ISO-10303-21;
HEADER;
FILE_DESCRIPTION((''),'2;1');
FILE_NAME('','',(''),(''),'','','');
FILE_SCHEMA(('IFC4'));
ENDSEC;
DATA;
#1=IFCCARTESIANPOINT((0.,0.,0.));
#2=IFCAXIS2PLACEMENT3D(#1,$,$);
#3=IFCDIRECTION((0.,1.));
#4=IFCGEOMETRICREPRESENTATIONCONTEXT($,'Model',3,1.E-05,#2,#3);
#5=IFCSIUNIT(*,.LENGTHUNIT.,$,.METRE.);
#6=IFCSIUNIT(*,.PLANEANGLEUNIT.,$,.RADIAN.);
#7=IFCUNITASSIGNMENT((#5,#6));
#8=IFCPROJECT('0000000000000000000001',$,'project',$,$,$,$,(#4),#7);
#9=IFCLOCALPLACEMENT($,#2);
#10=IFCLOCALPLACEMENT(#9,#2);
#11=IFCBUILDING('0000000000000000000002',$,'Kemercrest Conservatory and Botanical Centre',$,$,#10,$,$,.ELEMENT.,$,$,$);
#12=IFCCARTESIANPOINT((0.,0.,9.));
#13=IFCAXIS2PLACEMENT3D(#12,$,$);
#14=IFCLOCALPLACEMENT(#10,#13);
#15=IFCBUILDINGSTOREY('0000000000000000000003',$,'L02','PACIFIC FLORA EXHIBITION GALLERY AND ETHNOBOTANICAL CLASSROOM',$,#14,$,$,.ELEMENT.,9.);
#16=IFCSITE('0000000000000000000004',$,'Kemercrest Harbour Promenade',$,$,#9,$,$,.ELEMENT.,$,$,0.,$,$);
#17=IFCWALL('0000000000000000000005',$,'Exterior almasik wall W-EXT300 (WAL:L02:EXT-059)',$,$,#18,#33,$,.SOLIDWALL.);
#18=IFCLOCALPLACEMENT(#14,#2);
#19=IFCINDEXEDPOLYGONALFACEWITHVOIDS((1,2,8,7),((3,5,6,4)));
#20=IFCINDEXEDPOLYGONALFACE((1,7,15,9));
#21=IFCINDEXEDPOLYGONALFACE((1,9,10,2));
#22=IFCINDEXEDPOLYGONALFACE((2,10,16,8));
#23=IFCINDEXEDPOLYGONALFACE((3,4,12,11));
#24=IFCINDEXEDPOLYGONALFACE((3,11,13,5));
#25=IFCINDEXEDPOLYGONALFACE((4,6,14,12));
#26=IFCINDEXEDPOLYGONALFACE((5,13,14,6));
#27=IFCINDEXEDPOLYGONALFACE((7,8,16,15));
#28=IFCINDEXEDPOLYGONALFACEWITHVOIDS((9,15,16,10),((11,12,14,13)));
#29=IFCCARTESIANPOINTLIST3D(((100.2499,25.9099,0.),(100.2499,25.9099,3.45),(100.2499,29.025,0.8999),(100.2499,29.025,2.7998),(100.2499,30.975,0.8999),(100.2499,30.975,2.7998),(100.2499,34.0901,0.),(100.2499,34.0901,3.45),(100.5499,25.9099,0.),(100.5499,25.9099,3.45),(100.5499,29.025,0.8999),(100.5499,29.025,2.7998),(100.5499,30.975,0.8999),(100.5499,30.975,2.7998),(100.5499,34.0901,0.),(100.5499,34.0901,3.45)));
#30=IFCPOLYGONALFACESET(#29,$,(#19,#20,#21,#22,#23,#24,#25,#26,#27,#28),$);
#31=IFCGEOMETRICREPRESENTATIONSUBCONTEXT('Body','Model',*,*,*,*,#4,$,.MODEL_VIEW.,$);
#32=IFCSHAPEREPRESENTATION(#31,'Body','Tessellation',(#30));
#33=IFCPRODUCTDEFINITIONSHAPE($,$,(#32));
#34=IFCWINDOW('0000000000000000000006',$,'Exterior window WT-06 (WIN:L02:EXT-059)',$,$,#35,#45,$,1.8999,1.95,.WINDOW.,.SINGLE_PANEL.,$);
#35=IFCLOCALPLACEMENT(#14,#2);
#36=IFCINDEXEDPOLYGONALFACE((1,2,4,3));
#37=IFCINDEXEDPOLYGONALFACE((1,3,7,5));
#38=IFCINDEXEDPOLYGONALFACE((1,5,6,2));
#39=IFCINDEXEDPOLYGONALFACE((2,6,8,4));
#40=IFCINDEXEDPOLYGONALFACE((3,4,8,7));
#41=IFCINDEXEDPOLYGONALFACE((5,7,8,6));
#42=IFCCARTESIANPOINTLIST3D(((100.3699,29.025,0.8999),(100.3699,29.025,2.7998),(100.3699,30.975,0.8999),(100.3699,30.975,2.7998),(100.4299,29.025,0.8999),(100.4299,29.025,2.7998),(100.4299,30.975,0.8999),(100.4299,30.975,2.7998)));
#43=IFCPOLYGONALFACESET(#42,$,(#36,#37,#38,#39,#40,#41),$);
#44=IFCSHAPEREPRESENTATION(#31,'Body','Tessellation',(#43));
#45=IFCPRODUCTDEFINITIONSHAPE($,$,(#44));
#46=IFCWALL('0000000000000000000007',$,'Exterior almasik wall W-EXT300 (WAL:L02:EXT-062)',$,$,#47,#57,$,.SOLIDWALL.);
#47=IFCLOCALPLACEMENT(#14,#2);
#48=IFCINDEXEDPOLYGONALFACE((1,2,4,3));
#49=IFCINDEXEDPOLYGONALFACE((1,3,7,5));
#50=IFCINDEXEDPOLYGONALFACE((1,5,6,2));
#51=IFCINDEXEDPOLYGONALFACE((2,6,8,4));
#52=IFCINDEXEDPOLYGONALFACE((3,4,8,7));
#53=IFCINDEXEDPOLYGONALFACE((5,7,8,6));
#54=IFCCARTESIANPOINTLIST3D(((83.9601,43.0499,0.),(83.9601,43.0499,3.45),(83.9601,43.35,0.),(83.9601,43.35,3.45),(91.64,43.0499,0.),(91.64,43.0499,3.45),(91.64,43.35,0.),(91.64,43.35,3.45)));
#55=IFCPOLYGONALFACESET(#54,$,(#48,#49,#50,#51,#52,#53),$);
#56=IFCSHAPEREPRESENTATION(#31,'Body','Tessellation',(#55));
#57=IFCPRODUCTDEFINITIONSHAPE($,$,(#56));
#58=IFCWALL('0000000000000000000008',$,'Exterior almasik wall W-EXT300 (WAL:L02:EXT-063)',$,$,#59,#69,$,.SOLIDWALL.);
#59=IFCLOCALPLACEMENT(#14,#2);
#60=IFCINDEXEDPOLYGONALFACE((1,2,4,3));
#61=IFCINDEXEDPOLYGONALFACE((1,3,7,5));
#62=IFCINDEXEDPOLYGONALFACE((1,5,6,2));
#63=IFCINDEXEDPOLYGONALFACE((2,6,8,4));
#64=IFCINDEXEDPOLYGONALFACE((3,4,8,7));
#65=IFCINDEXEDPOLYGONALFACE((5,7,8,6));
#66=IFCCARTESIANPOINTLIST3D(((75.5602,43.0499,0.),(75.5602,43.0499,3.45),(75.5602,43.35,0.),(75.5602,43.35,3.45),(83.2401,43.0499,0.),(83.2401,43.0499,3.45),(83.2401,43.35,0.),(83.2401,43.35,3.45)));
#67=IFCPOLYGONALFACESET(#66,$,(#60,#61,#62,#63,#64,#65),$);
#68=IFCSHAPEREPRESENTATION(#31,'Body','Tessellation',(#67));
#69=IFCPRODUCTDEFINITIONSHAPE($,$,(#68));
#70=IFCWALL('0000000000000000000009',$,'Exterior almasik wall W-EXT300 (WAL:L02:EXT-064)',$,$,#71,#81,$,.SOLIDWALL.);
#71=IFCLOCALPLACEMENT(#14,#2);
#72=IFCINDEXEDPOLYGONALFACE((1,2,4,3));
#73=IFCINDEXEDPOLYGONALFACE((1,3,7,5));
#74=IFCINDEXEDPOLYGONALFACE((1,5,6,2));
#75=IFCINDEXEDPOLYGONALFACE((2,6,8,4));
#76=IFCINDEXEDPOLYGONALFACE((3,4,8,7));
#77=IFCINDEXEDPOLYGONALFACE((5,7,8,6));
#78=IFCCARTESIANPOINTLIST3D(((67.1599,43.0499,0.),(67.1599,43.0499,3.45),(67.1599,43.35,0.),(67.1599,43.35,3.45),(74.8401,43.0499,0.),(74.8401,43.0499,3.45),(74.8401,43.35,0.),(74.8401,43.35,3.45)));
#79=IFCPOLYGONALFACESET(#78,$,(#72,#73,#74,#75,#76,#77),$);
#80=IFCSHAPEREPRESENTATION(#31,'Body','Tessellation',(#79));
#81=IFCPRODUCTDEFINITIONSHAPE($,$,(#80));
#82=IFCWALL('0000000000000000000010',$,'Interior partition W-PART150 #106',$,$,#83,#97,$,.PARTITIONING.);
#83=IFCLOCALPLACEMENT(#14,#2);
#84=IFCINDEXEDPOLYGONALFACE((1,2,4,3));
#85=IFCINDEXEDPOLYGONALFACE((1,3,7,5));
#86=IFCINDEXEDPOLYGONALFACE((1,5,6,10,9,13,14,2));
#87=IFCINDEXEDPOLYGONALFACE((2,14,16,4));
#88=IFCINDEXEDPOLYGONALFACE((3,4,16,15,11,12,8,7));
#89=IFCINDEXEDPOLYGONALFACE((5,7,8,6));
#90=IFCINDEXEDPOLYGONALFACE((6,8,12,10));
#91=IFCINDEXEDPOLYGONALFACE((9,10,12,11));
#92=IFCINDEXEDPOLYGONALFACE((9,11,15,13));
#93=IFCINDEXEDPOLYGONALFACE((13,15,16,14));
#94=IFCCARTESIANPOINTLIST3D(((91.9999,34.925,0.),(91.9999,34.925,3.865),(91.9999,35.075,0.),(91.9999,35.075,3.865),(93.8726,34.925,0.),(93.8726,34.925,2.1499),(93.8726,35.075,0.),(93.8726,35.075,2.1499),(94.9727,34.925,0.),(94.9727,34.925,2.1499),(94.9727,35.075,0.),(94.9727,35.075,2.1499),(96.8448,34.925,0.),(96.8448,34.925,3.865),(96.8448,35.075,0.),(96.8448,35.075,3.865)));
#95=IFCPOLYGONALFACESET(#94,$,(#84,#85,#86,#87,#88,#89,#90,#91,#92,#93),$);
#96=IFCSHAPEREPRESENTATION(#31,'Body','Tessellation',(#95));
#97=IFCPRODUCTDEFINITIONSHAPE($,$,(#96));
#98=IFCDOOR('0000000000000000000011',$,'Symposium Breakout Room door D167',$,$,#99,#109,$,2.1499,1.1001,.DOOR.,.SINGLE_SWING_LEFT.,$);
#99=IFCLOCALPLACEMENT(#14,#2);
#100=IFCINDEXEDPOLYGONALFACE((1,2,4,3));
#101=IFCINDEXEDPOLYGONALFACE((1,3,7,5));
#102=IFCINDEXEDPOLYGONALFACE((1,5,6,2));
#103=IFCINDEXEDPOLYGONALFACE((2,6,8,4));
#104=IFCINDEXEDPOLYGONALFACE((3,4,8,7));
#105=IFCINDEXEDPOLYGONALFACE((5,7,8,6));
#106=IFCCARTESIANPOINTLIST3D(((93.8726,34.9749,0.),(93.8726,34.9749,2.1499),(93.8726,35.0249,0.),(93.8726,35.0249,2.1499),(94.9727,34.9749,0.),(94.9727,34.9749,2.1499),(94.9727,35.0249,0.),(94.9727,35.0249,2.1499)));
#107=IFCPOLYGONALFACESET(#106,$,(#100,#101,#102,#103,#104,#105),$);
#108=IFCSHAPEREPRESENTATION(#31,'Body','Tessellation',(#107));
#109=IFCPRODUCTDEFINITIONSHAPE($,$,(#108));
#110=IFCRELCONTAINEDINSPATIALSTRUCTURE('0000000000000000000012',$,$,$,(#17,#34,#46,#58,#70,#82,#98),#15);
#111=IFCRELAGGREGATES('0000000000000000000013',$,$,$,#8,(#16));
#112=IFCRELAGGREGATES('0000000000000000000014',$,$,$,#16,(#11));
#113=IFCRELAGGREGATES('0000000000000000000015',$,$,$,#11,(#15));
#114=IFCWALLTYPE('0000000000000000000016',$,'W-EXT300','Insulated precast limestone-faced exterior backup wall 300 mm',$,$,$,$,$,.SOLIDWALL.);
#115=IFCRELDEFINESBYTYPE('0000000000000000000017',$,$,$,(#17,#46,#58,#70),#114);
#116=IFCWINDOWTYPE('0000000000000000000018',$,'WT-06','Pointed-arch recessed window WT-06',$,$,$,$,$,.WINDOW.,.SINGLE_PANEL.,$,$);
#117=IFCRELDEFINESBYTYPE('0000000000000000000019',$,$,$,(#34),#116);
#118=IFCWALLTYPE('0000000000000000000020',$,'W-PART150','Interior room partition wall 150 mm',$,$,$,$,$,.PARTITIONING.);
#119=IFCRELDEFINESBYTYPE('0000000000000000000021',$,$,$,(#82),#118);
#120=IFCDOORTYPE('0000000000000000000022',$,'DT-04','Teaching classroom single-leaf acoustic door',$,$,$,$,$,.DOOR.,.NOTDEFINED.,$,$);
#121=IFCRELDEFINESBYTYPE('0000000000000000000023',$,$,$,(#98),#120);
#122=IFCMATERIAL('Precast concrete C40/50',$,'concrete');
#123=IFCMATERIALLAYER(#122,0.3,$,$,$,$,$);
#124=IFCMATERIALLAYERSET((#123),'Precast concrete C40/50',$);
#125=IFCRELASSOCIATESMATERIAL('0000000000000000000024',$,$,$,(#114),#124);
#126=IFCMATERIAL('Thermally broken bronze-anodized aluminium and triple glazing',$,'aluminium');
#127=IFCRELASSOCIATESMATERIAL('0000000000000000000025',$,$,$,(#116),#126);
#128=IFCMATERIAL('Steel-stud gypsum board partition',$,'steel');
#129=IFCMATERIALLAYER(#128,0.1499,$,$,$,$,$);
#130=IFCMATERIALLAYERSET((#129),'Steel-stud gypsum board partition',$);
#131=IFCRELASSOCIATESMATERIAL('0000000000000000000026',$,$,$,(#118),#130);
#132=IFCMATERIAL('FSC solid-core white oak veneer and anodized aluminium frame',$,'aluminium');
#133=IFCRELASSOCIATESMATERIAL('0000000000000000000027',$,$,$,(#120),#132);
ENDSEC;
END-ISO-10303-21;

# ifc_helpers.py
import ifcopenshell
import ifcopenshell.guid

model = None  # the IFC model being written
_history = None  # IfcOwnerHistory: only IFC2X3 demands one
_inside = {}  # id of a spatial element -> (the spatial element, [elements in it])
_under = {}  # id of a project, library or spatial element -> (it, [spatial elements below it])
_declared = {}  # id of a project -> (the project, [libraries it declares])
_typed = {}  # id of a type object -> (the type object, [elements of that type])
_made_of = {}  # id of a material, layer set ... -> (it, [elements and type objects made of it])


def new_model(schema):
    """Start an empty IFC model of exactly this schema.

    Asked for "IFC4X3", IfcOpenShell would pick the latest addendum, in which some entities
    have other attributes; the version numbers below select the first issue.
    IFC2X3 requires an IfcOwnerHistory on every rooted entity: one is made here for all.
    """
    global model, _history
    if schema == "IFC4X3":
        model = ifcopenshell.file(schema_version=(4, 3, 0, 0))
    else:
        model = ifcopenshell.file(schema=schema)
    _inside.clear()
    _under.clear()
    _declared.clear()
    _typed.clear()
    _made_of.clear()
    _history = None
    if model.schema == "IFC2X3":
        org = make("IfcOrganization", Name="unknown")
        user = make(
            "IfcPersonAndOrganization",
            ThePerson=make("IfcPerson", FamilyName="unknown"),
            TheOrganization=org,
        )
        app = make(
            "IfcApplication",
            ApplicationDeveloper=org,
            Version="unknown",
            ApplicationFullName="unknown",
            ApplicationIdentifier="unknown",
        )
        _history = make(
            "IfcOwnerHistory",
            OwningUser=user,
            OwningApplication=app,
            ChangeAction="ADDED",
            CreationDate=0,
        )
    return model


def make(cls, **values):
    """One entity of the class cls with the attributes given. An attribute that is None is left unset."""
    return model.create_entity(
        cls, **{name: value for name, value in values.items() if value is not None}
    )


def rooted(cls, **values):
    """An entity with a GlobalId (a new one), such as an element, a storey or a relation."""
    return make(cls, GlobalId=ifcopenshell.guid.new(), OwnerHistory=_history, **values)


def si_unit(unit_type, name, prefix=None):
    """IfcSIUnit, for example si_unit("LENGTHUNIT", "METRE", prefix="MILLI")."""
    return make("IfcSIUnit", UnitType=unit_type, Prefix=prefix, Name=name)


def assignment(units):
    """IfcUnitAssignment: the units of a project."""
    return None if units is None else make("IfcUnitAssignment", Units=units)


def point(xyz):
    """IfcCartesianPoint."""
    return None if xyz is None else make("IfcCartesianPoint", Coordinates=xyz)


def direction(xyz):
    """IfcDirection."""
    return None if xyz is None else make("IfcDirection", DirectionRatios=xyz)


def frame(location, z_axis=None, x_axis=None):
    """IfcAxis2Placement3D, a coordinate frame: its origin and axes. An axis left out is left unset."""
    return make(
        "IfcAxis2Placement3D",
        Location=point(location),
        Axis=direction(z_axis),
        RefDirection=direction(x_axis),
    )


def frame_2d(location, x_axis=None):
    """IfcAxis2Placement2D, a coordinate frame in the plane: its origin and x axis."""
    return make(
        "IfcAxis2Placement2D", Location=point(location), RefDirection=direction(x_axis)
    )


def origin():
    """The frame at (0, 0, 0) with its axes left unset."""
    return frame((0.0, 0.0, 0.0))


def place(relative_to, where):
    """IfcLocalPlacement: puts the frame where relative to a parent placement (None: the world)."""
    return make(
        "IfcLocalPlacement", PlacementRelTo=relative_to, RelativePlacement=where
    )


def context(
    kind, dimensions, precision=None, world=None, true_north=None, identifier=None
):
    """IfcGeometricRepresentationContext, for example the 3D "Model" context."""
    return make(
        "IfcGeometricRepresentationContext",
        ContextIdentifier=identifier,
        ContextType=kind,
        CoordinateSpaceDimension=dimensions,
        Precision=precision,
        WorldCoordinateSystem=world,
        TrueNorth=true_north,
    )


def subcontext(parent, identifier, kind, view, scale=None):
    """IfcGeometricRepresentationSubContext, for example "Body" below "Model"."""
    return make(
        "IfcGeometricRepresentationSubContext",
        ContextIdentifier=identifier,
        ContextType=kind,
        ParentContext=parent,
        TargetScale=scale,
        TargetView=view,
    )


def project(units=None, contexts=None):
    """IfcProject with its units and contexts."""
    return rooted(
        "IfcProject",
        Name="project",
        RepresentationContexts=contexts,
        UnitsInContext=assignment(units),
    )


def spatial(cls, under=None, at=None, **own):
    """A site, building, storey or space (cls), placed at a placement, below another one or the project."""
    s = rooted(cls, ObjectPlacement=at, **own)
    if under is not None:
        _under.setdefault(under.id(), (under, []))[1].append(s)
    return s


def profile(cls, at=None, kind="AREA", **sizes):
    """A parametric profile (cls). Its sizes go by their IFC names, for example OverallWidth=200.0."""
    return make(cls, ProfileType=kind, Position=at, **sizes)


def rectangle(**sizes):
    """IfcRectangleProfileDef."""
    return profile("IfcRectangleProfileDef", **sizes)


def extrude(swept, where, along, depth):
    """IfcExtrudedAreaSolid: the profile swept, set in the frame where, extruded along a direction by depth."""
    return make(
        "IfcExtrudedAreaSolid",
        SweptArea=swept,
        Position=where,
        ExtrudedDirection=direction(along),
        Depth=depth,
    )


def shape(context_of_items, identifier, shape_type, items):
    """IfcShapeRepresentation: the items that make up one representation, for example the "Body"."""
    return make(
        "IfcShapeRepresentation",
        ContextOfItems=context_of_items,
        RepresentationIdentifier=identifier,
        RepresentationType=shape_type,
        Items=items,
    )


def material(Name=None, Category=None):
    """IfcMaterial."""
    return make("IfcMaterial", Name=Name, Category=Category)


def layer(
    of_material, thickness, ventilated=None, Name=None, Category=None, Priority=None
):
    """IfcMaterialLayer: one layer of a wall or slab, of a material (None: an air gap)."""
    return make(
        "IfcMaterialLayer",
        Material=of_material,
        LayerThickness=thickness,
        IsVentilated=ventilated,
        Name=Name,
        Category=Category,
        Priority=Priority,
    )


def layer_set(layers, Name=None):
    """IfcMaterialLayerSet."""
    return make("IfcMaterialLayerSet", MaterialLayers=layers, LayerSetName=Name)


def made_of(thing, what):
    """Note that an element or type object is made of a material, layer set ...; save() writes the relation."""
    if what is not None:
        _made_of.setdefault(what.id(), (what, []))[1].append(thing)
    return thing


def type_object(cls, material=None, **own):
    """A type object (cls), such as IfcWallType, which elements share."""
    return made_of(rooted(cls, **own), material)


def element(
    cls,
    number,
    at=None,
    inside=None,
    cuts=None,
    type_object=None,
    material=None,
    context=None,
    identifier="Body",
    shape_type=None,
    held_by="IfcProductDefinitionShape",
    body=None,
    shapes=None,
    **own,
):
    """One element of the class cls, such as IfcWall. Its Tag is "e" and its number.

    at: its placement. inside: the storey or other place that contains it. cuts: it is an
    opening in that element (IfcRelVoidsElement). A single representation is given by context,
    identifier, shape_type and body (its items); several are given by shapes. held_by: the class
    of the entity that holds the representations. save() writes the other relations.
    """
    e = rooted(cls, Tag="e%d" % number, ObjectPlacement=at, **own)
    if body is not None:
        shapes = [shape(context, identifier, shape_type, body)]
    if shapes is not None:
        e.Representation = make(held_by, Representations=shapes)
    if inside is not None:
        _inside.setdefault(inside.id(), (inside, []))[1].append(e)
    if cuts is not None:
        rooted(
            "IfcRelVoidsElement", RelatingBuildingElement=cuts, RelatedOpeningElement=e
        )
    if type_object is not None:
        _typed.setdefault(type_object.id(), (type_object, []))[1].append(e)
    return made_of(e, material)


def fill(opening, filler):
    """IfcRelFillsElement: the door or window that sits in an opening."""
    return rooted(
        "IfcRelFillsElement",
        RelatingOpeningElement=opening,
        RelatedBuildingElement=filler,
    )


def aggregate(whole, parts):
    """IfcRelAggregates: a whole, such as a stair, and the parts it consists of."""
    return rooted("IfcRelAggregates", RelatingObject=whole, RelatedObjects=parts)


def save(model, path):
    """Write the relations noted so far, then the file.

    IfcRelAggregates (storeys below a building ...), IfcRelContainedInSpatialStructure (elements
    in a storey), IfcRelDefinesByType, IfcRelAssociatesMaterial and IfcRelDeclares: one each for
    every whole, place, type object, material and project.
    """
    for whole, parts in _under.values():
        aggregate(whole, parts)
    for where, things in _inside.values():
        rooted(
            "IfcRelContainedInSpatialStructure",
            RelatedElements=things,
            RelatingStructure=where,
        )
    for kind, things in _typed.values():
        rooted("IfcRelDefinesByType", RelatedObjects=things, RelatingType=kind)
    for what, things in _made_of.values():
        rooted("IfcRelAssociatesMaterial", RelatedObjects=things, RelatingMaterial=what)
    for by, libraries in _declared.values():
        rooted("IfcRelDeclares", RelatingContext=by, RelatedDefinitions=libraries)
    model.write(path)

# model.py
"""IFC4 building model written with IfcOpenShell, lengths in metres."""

from ifc_helpers import new_model, si_unit, direction, frame, frame_2d, origin, place, context, subcontext, project, spatial, rectangle, extrude, material, layer, layer_set, type_object, element, fill, save


model = new_model("IFC4")

# Units and contexts
model_context = context("Model", 3, precision=1e-05, world=origin(), true_north=direction((0.0, 1.0)))
body_context = subcontext(model_context, "Body", "Model", "MODEL_VIEW")
ifc_project = project(units=[si_unit("LENGTHUNIT", "METRE"), si_unit("PLANEANGLEUNIT", "RADIAN")], contexts=[model_context])

# Site, building, storey
site_placement = place(None, origin())
site = spatial("IfcSite", under=ifc_project, at=site_placement, Name="Kemercrest Harbour Promenade", CompositionType="ELEMENT", RefElevation=0.0)
building_placement = place(site_placement, origin())
building = spatial("IfcBuilding", under=site, at=building_placement, Name="Kemercrest Conservatory and Botanical Centre", CompositionType="ELEMENT")
storey_placement = place(building_placement, frame((0.0, 0.0, 9.0)))
storey = spatial("IfcBuildingStorey", under=building, at=storey_placement, Name="L02", Description="PACIFIC FLORA EXHIBITION GALLERY AND ETHNOBOTANICAL CLASSROOM", CompositionType="ELEMENT", Elevation=9.0)

# Shared definitions
ifc_material_1 = material(Name="Precast concrete C40/50", Category="concrete")

# Wall, opening, window
ifc_layer_1 = layer(ifc_material_1, 0.3)
ifc_layer_set_1 = layer_set([ifc_layer_1], Name="Precast concrete C40/50")
wall_type_1 = type_object("IfcWallType", Name="W-EXT300", Description="Insulated precast limestone-faced exterior backup wall 300 mm", PredefinedType="SOLIDWALL", material=ifc_layer_set_1)
wall_1_placement = place(storey_placement, frame((100.3999, 25.9099, 0.0), z_axis=(0.0, 0.0, 1.0), x_axis=(0.0, 1.0, 0.0)))
wall_1 = element("IfcWall", 1, at=wall_1_placement, inside=storey, type_object=wall_type_1, Name="Exterior almasik wall W-EXT300 (WAL:L02:EXT-059)", PredefinedType="SOLIDWALL", context=body_context, shape_type="SweptSolid", body=[
    extrude(rectangle(XDim=8.1802, YDim=0.3, at=frame_2d((4.0901, 0.0))), origin(), (0.0, 0.0, 1.0), 3.45),
])
opening_1_placement = place(wall_1_placement, frame((3.115, 0.0, 0.8999)))
opening_1 = element("IfcOpeningElement", 2, at=opening_1_placement, cuts=wall_1, PredefinedType="OPENING", context=body_context, shape_type="SweptSolid", body=[
    extrude(rectangle(XDim=1.95, YDim=1.8999, at=frame_2d((0.9751, 0.95))), frame((0.0, 0.1602, 0.0), z_axis=(0.0, -1.0, 0.0), x_axis=(1.0, 0.0, 0.0)), (0.0, 0.0, 1.0), 0.3201),
])
ifc_material_2 = material(Name="Thermally broken bronze-anodized aluminium and triple glazing", Category="aluminium")
window_type = type_object("IfcWindowType", Name="WT-06", Description="Pointed-arch recessed window WT-06", PartitioningType="SINGLE_PANEL", PredefinedType="WINDOW", material=ifc_material_2)
window_placement = place(opening_1_placement, origin())
window = element("IfcWindow", 3, at=window_placement, inside=storey, type_object=window_type, Name="Exterior window WT-06 (WIN:L02:EXT-059)", OverallHeight=1.8999, OverallWidth=1.95, PartitioningType="SINGLE_PANEL", PredefinedType="WINDOW", context=body_context, shape_type="SweptSolid", body=[
    extrude(rectangle(XDim=1.95, YDim=1.8999, at=frame_2d((0.9751, 0.95))), frame((0.0, 0.03, 0.0), z_axis=(0.0, -1.0, 0.0), x_axis=(1.0, 0.0, 0.0)), (0.0, 0.0, 1.0), 0.0601),
])
fill(opening_1, window)

# Walls
for number, where, z_axis, x_axis, name in (
    (4, (91.6399, 43.2, 0.0), (0.0, 0.0, 1.0), (-1.0, 0.0, 0.0), "Exterior almasik wall W-EXT300 (WAL:L02:EXT-062)"),
    (5, (83.24, 43.2, 0.0), (0.0, 0.0, 1.0), (-1.0, 0.0, 0.0), "Exterior almasik wall W-EXT300 (WAL:L02:EXT-063)"),
):
    element("IfcWall", number, at=place(storey_placement, frame(where, z_axis=z_axis, x_axis=x_axis)), inside=storey, type_object=wall_type_1, Name=name, PredefinedType="SOLIDWALL", context=body_context, shape_type="SweptSolid", body=[
        extrude(rectangle(XDim=7.6799, YDim=0.3, at=frame_2d((3.8398, 0.0))), origin(), (0.0, 0.0, 1.0), 3.45),
    ])
wall_2_placement = place(storey_placement, frame((74.8401, 43.2, 0.0), z_axis=(0.0, 0.0, 1.0), x_axis=(-1.0, 0.0, 0.0)))
element("IfcWall", 6, at=wall_2_placement, inside=storey, type_object=wall_type_1, Name="Exterior almasik wall W-EXT300 (WAL:L02:EXT-064)", PredefinedType="SOLIDWALL", context=body_context, shape_type="SweptSolid", body=[
    extrude(rectangle(XDim=7.6802, YDim=0.3, at=frame_2d((3.8401, 0.0))), origin(), (0.0, 0.0, 1.0), 3.45),
])

# Wall, opening, door
ifc_material_3 = material(Name="Steel-stud gypsum board partition", Category="steel")
ifc_layer_2 = layer(ifc_material_3, 0.1499)
ifc_layer_set_2 = layer_set([ifc_layer_2], Name="Steel-stud gypsum board partition")
wall_type_2 = type_object("IfcWallType", Name="W-PART150", Description="Interior room partition wall 150 mm", PredefinedType="PARTITIONING", material=ifc_layer_set_2)
wall_3_placement = place(storey_placement, frame((92.0, 35.0, 0.0), z_axis=(0.0, 0.0, 1.0), x_axis=(1.0, 0.0, 0.0)))
wall_3 = element("IfcWall", 7, at=wall_3_placement, inside=storey, type_object=wall_type_2, Name="Interior partition W-PART150 #106", PredefinedType="PARTITIONING", context=body_context, shape_type="SweptSolid", body=[
    extrude(rectangle(XDim=4.845, YDim=0.1499, at=frame_2d((2.4224, 0.0))), origin(), (0.0, 0.0, 1.0), 3.865),
])
opening_2_placement = place(wall_3_placement, frame((1.8726, 0.0, 0.0)))
opening_2 = element("IfcOpeningElement", 8, at=opening_2_placement, cuts=wall_3, PredefinedType="OPENING", context=body_context, shape_type="SweptSolid", body=[
    extrude(rectangle(XDim=1.1001, YDim=2.1499, at=frame_2d((0.55, 1.075))), frame((0.0, 0.085, 0.0), z_axis=(0.0, -1.0, 0.0), x_axis=(1.0, 0.0, 0.0)), (0.0, 0.0, 1.0), 0.1699),
])
ifc_material_4 = material(Name="FSC solid-core white oak veneer and anodized aluminium frame", Category="aluminium")
door_type_1 = type_object("IfcDoorType", Name="DT-04", Description="Teaching classroom single-leaf acoustic door", OperationType="NOTDEFINED", PredefinedType="DOOR", material=ifc_material_4)
door_1_placement = place(opening_2_placement, origin())
door_1 = element("IfcDoor", 9, at=door_1_placement, inside=storey, type_object=door_type_1, Name="Symposium Breakout Room door D167", OperationType="SINGLE_SWING_LEFT", OverallHeight=2.1499, OverallWidth=1.1001, PredefinedType="DOOR", context=body_context, shape_type="SweptSolid", body=[
    extrude(rectangle(XDim=1.1001, YDim=2.1499, at=frame_2d((0.55, 1.075))), frame((0.0, 0.0249, 0.0), z_axis=(0.0, -1.0, 0.0), x_axis=(1.0, 0.0, 0.0)), (0.0, 0.0, 1.0), 0.05),
])
fill(opening_2, door_1)

save(model, "model.ifc")
